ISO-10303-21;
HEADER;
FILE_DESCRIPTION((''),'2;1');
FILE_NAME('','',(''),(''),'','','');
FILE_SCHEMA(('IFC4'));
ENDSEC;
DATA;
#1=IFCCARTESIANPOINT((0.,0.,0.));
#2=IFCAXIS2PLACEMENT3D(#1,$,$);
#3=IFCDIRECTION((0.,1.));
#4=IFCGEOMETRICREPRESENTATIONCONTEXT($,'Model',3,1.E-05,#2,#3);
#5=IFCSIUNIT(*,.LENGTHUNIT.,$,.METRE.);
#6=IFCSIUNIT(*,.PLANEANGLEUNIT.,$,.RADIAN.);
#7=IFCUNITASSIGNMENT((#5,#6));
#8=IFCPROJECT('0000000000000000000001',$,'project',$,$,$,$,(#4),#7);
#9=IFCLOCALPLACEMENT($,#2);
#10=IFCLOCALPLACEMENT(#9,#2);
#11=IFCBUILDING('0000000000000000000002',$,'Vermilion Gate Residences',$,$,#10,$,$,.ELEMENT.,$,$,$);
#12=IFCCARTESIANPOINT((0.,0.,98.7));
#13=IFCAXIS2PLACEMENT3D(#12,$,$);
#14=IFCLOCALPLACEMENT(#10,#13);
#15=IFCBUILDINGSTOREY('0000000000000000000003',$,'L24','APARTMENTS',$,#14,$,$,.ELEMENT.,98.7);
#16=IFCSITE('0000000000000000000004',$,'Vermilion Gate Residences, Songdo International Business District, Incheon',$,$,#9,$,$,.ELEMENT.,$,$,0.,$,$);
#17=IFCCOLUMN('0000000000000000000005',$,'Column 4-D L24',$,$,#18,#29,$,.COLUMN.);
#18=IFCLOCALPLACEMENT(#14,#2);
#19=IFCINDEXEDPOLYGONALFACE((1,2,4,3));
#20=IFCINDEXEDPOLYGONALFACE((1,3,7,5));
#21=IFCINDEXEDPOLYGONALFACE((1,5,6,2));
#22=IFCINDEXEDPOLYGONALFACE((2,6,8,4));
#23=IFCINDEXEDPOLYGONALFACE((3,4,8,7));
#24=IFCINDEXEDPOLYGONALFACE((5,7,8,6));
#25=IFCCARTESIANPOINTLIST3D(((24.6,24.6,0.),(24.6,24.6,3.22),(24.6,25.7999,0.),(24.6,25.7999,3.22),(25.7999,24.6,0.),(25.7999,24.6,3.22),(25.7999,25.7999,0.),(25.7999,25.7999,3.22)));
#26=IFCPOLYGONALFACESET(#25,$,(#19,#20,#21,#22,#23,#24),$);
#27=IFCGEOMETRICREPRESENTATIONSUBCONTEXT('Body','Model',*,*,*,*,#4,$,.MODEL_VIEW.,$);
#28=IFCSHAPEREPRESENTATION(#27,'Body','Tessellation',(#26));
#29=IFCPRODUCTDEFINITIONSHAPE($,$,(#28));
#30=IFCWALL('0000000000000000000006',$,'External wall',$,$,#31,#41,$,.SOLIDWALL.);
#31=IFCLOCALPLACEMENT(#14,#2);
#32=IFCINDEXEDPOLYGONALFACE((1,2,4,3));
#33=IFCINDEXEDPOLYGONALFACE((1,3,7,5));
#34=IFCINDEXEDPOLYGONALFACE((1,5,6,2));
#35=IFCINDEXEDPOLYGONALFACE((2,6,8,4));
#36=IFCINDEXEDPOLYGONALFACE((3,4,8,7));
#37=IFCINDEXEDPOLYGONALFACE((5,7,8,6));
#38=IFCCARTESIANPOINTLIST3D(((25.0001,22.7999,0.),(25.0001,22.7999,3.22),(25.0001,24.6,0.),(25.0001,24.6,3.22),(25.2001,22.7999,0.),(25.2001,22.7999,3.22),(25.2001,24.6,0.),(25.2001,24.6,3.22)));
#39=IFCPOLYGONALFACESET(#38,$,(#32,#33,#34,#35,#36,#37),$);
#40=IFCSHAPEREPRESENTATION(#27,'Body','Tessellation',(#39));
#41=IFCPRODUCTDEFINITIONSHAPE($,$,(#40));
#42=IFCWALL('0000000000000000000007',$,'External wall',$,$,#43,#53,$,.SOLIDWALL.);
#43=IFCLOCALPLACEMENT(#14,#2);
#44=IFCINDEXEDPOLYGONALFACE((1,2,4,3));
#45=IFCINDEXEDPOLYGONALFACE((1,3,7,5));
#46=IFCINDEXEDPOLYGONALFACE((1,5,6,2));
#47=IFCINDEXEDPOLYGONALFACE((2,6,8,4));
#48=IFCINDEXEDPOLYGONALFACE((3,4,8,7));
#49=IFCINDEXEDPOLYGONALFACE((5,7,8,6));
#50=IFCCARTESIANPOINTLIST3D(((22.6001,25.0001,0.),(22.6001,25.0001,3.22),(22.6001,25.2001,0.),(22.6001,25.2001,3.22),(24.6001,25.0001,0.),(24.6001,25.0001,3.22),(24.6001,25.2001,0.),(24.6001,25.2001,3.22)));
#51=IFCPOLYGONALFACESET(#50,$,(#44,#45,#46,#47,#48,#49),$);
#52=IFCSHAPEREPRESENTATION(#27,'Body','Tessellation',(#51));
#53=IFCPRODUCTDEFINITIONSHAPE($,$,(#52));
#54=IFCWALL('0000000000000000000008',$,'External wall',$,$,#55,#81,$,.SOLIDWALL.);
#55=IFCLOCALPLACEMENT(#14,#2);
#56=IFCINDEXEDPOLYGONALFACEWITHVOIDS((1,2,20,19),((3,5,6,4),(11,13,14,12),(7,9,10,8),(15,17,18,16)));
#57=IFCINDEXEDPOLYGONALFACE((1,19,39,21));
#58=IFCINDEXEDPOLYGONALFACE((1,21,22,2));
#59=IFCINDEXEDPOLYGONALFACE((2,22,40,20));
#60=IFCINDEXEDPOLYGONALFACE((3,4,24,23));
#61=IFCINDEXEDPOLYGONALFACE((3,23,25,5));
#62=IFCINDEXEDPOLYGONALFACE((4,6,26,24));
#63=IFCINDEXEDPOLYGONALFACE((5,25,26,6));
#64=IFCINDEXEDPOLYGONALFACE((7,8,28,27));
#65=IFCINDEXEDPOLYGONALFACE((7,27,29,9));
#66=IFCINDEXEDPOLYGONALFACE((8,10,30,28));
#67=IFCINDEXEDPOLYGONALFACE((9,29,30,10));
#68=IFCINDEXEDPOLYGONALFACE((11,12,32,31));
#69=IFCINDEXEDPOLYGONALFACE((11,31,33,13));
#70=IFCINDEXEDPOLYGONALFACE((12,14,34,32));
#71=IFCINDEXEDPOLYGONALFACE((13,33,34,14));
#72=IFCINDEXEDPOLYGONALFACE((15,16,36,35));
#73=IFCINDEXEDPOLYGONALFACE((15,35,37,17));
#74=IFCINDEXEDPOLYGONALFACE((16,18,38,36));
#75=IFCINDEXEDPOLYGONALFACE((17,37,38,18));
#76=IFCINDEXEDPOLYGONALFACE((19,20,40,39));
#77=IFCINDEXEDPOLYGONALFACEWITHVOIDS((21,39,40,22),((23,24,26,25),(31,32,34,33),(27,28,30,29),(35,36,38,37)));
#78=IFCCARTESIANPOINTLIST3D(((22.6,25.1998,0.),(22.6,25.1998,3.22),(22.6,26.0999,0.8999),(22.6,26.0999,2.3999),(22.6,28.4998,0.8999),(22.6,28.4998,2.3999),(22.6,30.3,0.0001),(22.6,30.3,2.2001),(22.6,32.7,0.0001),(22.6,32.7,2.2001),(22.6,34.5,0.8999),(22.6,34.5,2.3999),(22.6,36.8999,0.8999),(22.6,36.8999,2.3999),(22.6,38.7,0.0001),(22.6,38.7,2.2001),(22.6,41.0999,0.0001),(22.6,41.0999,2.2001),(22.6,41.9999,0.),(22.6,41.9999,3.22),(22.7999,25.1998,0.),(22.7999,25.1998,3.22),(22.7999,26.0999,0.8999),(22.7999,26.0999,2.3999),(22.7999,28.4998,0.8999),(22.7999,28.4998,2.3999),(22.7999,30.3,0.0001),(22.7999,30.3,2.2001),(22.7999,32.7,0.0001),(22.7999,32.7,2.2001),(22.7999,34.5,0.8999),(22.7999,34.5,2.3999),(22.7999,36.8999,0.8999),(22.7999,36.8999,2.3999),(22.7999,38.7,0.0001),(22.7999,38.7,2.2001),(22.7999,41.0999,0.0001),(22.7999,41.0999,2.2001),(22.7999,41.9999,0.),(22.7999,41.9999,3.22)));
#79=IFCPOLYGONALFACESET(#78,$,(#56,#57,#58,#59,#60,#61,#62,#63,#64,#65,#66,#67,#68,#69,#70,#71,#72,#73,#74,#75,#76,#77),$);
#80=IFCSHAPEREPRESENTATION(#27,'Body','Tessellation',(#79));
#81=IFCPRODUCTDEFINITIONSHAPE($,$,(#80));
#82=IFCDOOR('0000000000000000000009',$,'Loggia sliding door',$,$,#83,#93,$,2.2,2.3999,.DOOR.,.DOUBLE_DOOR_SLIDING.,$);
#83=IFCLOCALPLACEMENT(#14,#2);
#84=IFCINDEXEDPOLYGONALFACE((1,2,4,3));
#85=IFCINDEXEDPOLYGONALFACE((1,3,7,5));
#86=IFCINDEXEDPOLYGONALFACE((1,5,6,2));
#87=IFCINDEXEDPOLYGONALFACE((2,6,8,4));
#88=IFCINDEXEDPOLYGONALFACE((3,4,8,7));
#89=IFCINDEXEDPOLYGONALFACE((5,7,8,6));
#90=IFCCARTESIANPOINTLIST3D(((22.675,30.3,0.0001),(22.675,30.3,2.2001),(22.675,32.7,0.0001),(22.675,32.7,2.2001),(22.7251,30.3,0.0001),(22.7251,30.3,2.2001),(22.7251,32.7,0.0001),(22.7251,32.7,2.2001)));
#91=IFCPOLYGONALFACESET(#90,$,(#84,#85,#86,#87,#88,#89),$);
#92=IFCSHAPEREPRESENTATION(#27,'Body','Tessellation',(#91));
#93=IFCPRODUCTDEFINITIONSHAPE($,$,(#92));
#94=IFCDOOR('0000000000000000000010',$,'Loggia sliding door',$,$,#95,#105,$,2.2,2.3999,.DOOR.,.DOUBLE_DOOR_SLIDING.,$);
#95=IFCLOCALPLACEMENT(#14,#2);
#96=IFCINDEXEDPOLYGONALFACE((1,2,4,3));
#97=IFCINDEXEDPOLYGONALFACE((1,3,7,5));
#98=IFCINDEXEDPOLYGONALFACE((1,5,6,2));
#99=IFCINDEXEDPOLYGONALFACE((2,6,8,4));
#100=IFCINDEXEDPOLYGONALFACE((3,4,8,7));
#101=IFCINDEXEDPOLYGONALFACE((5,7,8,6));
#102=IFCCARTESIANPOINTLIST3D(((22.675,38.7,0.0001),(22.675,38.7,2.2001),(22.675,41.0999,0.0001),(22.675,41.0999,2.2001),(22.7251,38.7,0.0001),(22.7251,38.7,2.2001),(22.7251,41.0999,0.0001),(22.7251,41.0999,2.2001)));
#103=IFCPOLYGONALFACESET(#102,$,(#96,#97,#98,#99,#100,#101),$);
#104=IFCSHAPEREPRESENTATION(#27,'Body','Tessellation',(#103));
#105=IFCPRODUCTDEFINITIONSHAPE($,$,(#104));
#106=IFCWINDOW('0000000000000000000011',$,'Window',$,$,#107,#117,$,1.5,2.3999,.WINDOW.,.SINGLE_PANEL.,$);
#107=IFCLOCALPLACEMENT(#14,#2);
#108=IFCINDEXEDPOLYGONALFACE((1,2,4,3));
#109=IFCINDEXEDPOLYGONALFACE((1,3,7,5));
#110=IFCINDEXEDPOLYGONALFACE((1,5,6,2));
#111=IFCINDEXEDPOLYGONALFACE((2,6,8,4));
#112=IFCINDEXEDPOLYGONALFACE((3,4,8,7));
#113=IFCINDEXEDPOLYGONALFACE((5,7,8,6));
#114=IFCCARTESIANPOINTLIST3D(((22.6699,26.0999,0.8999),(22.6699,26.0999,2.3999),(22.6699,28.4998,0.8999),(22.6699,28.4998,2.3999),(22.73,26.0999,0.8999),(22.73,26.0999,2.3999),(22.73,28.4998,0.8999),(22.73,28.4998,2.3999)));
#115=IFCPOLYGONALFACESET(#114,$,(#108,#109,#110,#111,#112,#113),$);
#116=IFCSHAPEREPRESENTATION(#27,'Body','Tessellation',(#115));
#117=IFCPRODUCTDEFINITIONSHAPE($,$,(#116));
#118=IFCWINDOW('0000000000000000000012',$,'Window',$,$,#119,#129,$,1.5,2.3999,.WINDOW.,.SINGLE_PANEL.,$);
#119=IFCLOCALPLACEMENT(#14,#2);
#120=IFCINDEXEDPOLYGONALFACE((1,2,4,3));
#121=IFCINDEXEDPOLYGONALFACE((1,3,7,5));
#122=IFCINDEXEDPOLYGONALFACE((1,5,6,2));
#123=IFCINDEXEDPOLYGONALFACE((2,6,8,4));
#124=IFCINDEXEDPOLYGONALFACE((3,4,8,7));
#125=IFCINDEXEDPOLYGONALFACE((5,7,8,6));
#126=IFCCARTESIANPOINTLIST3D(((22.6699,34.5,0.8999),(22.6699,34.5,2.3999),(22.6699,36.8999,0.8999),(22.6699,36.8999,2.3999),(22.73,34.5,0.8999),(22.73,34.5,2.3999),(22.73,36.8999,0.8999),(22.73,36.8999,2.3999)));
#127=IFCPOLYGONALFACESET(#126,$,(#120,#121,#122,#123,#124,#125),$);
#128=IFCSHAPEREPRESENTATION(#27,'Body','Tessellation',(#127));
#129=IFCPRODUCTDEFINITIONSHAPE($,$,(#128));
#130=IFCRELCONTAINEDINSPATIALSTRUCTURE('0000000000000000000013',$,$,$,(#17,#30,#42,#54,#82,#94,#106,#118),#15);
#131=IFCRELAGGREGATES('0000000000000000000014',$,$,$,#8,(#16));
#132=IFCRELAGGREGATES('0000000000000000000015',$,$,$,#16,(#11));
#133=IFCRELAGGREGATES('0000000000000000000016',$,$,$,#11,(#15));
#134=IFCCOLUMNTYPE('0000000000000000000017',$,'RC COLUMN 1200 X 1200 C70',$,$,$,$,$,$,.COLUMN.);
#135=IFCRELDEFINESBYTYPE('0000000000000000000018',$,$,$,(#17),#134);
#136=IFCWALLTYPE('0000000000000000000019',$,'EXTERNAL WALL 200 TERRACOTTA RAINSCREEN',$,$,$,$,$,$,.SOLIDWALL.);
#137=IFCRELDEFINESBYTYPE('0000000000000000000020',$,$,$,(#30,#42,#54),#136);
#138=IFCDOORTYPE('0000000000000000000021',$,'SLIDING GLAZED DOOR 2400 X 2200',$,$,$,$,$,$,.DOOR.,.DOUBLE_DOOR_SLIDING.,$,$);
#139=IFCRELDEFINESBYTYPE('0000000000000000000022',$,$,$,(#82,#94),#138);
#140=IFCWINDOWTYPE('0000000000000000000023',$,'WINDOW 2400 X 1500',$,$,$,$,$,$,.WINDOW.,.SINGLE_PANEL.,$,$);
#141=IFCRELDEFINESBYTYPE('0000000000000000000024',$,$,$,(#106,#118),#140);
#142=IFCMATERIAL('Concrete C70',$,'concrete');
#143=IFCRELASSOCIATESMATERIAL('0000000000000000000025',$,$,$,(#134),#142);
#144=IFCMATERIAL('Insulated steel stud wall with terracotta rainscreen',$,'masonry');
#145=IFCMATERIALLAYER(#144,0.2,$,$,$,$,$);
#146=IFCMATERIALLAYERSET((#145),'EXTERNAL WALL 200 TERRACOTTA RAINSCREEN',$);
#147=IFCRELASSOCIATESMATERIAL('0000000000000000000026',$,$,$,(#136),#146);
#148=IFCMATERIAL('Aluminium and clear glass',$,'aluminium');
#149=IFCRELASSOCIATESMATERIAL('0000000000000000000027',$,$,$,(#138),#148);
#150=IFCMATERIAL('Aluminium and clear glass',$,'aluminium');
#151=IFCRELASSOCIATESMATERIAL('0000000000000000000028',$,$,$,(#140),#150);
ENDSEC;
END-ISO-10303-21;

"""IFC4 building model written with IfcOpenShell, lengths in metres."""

from ifc_helpers import new_model, si_unit, direction, frame, frame_2d, origin, origin_2d, place, context, subcontext, project, spatial, rectangle, extrude, material, layer, layer_set, material_profile, profile_set, type_object, element, fill, save


model = new_model("IFC4")

# Units and contexts
model_context = context("Model", 3, precision=1e-05, world=origin(), true_north=direction((0.0, 1.0)))
body_context = subcontext(model_context, "Body", "Model", "MODEL_VIEW")
ifc_project = project(units=[si_unit("LENGTHUNIT", "METRE"), si_unit("PLANEANGLEUNIT", "RADIAN")], contexts=[model_context])

# Site, building, storey
site_placement = place(None, origin())
site = spatial("IfcSite", under=ifc_project, at=site_placement, Name="Vermilion Gate Residences, Songdo International Business District, Incheon", CompositionType="ELEMENT", RefElevation=0.0)
building_placement = place(site_placement, origin())
building = spatial("IfcBuilding", under=site, at=building_placement, Name="Vermilion Gate Residences", CompositionType="ELEMENT")
storey_placement = place(building_placement, frame((0.0, 0.0, 98.7)))
storey = spatial("IfcBuildingStorey", under=building, at=storey_placement, Name="L24", Description="APARTMENTS", CompositionType="ELEMENT", Elevation=98.7)

# Column
ifc_material_1 = material(Name="Concrete C70", Category="concrete")
ifc_material_profile = material_profile(ifc_material_1, rectangle(XDim=1.2, YDim=1.2, at=origin_2d()), Name="RC-1200x1200")
ifc_profile_set = profile_set([ifc_material_profile], Name="Concrete C70")
column_type = type_object("IfcColumnType", Name="RC COLUMN 1200 X 1200 C70", PredefinedType="COLUMN", material=ifc_profile_set)
column_placement = place(storey_placement, frame((25.2, 25.2, 0.0), z_axis=(0.0, 0.0, 1.0), x_axis=(1.0, 0.0, 0.0)))
element("IfcColumn", 1, at=column_placement, inside=storey, type_object=column_type, Name="Column 4-D L24", PredefinedType="COLUMN", context=body_context, shape_type="SweptSolid", body=[
    extrude(rectangle(XDim=1.2, YDim=1.2, at=origin_2d()), origin(), (0.0, 0.0, 1.0), 3.22),
])

# Walls
ifc_material_2 = material(Name="Insulated steel stud wall with terracotta rainscreen", Category="masonry")
ifc_layer_1 = layer(ifc_material_2, 0.2)
ifc_layer_set_1 = layer_set([ifc_layer_1], Name="EXTERNAL WALL 200 TERRACOTTA RAINSCREEN")
wall_type_1 = type_object("IfcWallType", Name="EXTERNAL WALL 200 TERRACOTTA RAINSCREEN", PredefinedType="SOLIDWALL", material=ifc_layer_set_1)
wall_1_placement = place(storey_placement, frame((25.1001, 22.8, 0.0), z_axis=(0.0, 0.0, 1.0), x_axis=(0.0, 1.0, 0.0)))
element("IfcWall", 2, at=wall_1_placement, inside=storey, type_object=wall_type_1, Name="External wall", PredefinedType="SOLIDWALL", context=body_context, shape_type="SweptSolid", body=[
    extrude(rectangle(XDim=1.8, YDim=0.2, at=frame_2d((0.8999, 0.0))), origin(), (0.0, 0.0, 1.0), 3.22),
])
wall_2_placement = place(storey_placement, frame((24.6001, 25.1001, 0.0), z_axis=(0.0, 0.0, 1.0), x_axis=(-1.0, 0.0, 0.0)))
element("IfcWall", 3, at=wall_2_placement, inside=storey, type_object=wall_type_1, Name="External wall", PredefinedType="SOLIDWALL", context=body_context, shape_type="SweptSolid", body=[
    extrude(rectangle(XDim=2.0, YDim=0.2, at=frame_2d((1.0, 0.0))), origin(), (0.0, 0.0, 1.0), 3.22),
])

# Wall, openings, doors, windows
wall_3_placement = place(storey_placement, frame((22.7, 25.2, 0.0), z_axis=(0.0, 0.0, 1.0), x_axis=(0.0, 1.0, 0.0)))
wall_3 = element("IfcWall", 4, at=wall_3_placement, inside=storey, type_object=wall_type_1, Name="External wall", PredefinedType="SOLIDWALL", context=body_context, shape_type="SweptSolid", body=[
    extrude(rectangle(XDim=16.8, YDim=0.2, at=frame_2d((8.3999, 0.0))), origin(), (0.0, 0.0, 1.0), 3.22),
])
opening_1_placement = place(wall_3_placement, frame((0.8999, 0.0, 0.8999)))
opening_1 = element("IfcOpeningElement", 5, at=opening_1_placement, cuts=wall_3, PredefinedType="OPENING", context=body_context, shape_type="SweptSolid", body=[
    extrude(rectangle(XDim=2.3999, YDim=1.5, at=frame_2d((1.2, 0.75))), frame((0.0, 0.1099, 0.0), z_axis=(0.0, -1.0, 0.0), x_axis=(1.0, 0.0, 0.0)), (0.0, 0.0, 1.0), 0.22),
])
opening_2_placement = place(wall_3_placement, frame((5.1001, 0.0, 0.0)))
opening_2 = element("IfcOpeningElement", 6, at=opening_2_placement, cuts=wall_3, PredefinedType="OPENING", context=body_context, shape_type="SweptSolid", body=[
    extrude(rectangle(XDim=2.3999, YDim=2.2, at=frame_2d((1.2, 1.1001))), frame((0.0, 0.1099, 0.0), z_axis=(0.0, -1.0, 0.0), x_axis=(1.0, 0.0, 0.0)), (0.0, 0.0, 1.0), 0.22),
])
opening_3_placement = place(wall_3_placement, frame((9.3, 0.0, 0.8999)))
opening_3 = element("IfcOpeningElement", 7, at=opening_3_placement, cuts=wall_3, PredefinedType="OPENING", context=body_context, shape_type="SweptSolid", body=[
    extrude(rectangle(XDim=2.3999, YDim=1.5, at=frame_2d((1.2, 0.75))), frame((0.0, 0.1099, 0.0), z_axis=(0.0, -1.0, 0.0), x_axis=(1.0, 0.0, 0.0)), (0.0, 0.0, 1.0), 0.22),
])
opening_4_placement = place(wall_3_placement, frame((13.5, 0.0, 0.0)))
opening_4 = element("IfcOpeningElement", 8, at=opening_4_placement, cuts=wall_3, PredefinedType="OPENING", context=body_context, shape_type="SweptSolid", body=[
    extrude(rectangle(XDim=2.3999, YDim=2.2, at=frame_2d((1.2, 1.1001))), frame((0.0, 0.1099, 0.0), z_axis=(0.0, -1.0, 0.0), x_axis=(1.0, 0.0, 0.0)), (0.0, 0.0, 1.0), 0.22),
])
ifc_material_3 = material(Name="Aluminium and clear glass", Category="aluminium")
door_type_1 = type_object("IfcDoorType", Name="SLIDING GLAZED DOOR 2400 X 2200", OperationType="DOUBLE_DOOR_SLIDING", PredefinedType="DOOR", material=ifc_material_3)
door_1_placement = place(opening_2_placement, origin())
door_1 = element("IfcDoor", 9, at=door_1_placement, inside=storey, type_object=door_type_1, Name="Loggia sliding door", OperationType="DOUBLE_DOOR_SLIDING", OverallHeight=2.2, OverallWidth=2.3999, PredefinedType="DOOR", context=body_context, shape_type="SweptSolid", body=[
    extrude(rectangle(XDim=2.3999, YDim=2.2, at=frame_2d((1.2, 1.1001))), frame((0.0, 0.0249, 0.0), z_axis=(0.0, -1.0, 0.0), x_axis=(1.0, 0.0, 0.0)), (0.0, 0.0, 1.0), 0.05),
])
fill(opening_2, door_1)
door_2_placement = place(opening_4_placement, origin())
door_2 = element("IfcDoor", 10, at=door_2_placement, inside=storey, type_object=door_type_1, Name="Loggia sliding door", OperationType="DOUBLE_DOOR_SLIDING", OverallHeight=2.2, OverallWidth=2.3999, PredefinedType="DOOR", context=body_context, shape_type="SweptSolid", body=[
    extrude(rectangle(XDim=2.3999, YDim=2.2, at=frame_2d((1.2, 1.1001))), frame((0.0, 0.0249, 0.0), z_axis=(0.0, -1.0, 0.0), x_axis=(1.0, 0.0, 0.0)), (0.0, 0.0, 1.0), 0.05),
])
fill(opening_4, door_2)
ifc_material_4 = material(Name="Aluminium and clear glass", Category="aluminium")
window_type = type_object("IfcWindowType", Name="WINDOW 2400 X 1500", PartitioningType="SINGLE_PANEL", PredefinedType="WINDOW", material=ifc_material_4)
window_1_placement = place(opening_1_placement, origin())
window_1 = element("IfcWindow", 11, at=window_1_placement, inside=storey, type_object=window_type, Name="Window", OverallHeight=1.5, OverallWidth=2.3999, PartitioningType="SINGLE_PANEL", PredefinedType="WINDOW", context=body_context, shape_type="SweptSolid", body=[
    extrude(rectangle(XDim=2.3999, YDim=1.5, at=frame_2d((1.2, 0.75))), frame((0.0, 0.03, 0.0), z_axis=(0.0, -1.0, 0.0), x_axis=(1.0, 0.0, 0.0)), (0.0, 0.0, 1.0), 0.0601),
])
fill(opening_1, window_1)
window_2_placement = place(opening_3_placement, origin())
window_2 = element("IfcWindow", 12, at=window_2_placement, inside=storey, type_object=window_type, Name="Window", OverallHeight=1.5, OverallWidth=2.3999, PartitioningType="SINGLE_PANEL", PredefinedType="WINDOW", context=body_context, shape_type="SweptSolid", body=[
    extrude(rectangle(XDim=2.3999, YDim=1.5, at=frame_2d((1.2, 0.75))), frame((0.0, 0.03, 0.0), z_axis=(0.0, -1.0, 0.0), x_axis=(1.0, 0.0, 0.0)), (0.0, 0.0, 1.0), 0.0601),
])
fill(opening_3, window_2)

save(model, "model.ifc")
